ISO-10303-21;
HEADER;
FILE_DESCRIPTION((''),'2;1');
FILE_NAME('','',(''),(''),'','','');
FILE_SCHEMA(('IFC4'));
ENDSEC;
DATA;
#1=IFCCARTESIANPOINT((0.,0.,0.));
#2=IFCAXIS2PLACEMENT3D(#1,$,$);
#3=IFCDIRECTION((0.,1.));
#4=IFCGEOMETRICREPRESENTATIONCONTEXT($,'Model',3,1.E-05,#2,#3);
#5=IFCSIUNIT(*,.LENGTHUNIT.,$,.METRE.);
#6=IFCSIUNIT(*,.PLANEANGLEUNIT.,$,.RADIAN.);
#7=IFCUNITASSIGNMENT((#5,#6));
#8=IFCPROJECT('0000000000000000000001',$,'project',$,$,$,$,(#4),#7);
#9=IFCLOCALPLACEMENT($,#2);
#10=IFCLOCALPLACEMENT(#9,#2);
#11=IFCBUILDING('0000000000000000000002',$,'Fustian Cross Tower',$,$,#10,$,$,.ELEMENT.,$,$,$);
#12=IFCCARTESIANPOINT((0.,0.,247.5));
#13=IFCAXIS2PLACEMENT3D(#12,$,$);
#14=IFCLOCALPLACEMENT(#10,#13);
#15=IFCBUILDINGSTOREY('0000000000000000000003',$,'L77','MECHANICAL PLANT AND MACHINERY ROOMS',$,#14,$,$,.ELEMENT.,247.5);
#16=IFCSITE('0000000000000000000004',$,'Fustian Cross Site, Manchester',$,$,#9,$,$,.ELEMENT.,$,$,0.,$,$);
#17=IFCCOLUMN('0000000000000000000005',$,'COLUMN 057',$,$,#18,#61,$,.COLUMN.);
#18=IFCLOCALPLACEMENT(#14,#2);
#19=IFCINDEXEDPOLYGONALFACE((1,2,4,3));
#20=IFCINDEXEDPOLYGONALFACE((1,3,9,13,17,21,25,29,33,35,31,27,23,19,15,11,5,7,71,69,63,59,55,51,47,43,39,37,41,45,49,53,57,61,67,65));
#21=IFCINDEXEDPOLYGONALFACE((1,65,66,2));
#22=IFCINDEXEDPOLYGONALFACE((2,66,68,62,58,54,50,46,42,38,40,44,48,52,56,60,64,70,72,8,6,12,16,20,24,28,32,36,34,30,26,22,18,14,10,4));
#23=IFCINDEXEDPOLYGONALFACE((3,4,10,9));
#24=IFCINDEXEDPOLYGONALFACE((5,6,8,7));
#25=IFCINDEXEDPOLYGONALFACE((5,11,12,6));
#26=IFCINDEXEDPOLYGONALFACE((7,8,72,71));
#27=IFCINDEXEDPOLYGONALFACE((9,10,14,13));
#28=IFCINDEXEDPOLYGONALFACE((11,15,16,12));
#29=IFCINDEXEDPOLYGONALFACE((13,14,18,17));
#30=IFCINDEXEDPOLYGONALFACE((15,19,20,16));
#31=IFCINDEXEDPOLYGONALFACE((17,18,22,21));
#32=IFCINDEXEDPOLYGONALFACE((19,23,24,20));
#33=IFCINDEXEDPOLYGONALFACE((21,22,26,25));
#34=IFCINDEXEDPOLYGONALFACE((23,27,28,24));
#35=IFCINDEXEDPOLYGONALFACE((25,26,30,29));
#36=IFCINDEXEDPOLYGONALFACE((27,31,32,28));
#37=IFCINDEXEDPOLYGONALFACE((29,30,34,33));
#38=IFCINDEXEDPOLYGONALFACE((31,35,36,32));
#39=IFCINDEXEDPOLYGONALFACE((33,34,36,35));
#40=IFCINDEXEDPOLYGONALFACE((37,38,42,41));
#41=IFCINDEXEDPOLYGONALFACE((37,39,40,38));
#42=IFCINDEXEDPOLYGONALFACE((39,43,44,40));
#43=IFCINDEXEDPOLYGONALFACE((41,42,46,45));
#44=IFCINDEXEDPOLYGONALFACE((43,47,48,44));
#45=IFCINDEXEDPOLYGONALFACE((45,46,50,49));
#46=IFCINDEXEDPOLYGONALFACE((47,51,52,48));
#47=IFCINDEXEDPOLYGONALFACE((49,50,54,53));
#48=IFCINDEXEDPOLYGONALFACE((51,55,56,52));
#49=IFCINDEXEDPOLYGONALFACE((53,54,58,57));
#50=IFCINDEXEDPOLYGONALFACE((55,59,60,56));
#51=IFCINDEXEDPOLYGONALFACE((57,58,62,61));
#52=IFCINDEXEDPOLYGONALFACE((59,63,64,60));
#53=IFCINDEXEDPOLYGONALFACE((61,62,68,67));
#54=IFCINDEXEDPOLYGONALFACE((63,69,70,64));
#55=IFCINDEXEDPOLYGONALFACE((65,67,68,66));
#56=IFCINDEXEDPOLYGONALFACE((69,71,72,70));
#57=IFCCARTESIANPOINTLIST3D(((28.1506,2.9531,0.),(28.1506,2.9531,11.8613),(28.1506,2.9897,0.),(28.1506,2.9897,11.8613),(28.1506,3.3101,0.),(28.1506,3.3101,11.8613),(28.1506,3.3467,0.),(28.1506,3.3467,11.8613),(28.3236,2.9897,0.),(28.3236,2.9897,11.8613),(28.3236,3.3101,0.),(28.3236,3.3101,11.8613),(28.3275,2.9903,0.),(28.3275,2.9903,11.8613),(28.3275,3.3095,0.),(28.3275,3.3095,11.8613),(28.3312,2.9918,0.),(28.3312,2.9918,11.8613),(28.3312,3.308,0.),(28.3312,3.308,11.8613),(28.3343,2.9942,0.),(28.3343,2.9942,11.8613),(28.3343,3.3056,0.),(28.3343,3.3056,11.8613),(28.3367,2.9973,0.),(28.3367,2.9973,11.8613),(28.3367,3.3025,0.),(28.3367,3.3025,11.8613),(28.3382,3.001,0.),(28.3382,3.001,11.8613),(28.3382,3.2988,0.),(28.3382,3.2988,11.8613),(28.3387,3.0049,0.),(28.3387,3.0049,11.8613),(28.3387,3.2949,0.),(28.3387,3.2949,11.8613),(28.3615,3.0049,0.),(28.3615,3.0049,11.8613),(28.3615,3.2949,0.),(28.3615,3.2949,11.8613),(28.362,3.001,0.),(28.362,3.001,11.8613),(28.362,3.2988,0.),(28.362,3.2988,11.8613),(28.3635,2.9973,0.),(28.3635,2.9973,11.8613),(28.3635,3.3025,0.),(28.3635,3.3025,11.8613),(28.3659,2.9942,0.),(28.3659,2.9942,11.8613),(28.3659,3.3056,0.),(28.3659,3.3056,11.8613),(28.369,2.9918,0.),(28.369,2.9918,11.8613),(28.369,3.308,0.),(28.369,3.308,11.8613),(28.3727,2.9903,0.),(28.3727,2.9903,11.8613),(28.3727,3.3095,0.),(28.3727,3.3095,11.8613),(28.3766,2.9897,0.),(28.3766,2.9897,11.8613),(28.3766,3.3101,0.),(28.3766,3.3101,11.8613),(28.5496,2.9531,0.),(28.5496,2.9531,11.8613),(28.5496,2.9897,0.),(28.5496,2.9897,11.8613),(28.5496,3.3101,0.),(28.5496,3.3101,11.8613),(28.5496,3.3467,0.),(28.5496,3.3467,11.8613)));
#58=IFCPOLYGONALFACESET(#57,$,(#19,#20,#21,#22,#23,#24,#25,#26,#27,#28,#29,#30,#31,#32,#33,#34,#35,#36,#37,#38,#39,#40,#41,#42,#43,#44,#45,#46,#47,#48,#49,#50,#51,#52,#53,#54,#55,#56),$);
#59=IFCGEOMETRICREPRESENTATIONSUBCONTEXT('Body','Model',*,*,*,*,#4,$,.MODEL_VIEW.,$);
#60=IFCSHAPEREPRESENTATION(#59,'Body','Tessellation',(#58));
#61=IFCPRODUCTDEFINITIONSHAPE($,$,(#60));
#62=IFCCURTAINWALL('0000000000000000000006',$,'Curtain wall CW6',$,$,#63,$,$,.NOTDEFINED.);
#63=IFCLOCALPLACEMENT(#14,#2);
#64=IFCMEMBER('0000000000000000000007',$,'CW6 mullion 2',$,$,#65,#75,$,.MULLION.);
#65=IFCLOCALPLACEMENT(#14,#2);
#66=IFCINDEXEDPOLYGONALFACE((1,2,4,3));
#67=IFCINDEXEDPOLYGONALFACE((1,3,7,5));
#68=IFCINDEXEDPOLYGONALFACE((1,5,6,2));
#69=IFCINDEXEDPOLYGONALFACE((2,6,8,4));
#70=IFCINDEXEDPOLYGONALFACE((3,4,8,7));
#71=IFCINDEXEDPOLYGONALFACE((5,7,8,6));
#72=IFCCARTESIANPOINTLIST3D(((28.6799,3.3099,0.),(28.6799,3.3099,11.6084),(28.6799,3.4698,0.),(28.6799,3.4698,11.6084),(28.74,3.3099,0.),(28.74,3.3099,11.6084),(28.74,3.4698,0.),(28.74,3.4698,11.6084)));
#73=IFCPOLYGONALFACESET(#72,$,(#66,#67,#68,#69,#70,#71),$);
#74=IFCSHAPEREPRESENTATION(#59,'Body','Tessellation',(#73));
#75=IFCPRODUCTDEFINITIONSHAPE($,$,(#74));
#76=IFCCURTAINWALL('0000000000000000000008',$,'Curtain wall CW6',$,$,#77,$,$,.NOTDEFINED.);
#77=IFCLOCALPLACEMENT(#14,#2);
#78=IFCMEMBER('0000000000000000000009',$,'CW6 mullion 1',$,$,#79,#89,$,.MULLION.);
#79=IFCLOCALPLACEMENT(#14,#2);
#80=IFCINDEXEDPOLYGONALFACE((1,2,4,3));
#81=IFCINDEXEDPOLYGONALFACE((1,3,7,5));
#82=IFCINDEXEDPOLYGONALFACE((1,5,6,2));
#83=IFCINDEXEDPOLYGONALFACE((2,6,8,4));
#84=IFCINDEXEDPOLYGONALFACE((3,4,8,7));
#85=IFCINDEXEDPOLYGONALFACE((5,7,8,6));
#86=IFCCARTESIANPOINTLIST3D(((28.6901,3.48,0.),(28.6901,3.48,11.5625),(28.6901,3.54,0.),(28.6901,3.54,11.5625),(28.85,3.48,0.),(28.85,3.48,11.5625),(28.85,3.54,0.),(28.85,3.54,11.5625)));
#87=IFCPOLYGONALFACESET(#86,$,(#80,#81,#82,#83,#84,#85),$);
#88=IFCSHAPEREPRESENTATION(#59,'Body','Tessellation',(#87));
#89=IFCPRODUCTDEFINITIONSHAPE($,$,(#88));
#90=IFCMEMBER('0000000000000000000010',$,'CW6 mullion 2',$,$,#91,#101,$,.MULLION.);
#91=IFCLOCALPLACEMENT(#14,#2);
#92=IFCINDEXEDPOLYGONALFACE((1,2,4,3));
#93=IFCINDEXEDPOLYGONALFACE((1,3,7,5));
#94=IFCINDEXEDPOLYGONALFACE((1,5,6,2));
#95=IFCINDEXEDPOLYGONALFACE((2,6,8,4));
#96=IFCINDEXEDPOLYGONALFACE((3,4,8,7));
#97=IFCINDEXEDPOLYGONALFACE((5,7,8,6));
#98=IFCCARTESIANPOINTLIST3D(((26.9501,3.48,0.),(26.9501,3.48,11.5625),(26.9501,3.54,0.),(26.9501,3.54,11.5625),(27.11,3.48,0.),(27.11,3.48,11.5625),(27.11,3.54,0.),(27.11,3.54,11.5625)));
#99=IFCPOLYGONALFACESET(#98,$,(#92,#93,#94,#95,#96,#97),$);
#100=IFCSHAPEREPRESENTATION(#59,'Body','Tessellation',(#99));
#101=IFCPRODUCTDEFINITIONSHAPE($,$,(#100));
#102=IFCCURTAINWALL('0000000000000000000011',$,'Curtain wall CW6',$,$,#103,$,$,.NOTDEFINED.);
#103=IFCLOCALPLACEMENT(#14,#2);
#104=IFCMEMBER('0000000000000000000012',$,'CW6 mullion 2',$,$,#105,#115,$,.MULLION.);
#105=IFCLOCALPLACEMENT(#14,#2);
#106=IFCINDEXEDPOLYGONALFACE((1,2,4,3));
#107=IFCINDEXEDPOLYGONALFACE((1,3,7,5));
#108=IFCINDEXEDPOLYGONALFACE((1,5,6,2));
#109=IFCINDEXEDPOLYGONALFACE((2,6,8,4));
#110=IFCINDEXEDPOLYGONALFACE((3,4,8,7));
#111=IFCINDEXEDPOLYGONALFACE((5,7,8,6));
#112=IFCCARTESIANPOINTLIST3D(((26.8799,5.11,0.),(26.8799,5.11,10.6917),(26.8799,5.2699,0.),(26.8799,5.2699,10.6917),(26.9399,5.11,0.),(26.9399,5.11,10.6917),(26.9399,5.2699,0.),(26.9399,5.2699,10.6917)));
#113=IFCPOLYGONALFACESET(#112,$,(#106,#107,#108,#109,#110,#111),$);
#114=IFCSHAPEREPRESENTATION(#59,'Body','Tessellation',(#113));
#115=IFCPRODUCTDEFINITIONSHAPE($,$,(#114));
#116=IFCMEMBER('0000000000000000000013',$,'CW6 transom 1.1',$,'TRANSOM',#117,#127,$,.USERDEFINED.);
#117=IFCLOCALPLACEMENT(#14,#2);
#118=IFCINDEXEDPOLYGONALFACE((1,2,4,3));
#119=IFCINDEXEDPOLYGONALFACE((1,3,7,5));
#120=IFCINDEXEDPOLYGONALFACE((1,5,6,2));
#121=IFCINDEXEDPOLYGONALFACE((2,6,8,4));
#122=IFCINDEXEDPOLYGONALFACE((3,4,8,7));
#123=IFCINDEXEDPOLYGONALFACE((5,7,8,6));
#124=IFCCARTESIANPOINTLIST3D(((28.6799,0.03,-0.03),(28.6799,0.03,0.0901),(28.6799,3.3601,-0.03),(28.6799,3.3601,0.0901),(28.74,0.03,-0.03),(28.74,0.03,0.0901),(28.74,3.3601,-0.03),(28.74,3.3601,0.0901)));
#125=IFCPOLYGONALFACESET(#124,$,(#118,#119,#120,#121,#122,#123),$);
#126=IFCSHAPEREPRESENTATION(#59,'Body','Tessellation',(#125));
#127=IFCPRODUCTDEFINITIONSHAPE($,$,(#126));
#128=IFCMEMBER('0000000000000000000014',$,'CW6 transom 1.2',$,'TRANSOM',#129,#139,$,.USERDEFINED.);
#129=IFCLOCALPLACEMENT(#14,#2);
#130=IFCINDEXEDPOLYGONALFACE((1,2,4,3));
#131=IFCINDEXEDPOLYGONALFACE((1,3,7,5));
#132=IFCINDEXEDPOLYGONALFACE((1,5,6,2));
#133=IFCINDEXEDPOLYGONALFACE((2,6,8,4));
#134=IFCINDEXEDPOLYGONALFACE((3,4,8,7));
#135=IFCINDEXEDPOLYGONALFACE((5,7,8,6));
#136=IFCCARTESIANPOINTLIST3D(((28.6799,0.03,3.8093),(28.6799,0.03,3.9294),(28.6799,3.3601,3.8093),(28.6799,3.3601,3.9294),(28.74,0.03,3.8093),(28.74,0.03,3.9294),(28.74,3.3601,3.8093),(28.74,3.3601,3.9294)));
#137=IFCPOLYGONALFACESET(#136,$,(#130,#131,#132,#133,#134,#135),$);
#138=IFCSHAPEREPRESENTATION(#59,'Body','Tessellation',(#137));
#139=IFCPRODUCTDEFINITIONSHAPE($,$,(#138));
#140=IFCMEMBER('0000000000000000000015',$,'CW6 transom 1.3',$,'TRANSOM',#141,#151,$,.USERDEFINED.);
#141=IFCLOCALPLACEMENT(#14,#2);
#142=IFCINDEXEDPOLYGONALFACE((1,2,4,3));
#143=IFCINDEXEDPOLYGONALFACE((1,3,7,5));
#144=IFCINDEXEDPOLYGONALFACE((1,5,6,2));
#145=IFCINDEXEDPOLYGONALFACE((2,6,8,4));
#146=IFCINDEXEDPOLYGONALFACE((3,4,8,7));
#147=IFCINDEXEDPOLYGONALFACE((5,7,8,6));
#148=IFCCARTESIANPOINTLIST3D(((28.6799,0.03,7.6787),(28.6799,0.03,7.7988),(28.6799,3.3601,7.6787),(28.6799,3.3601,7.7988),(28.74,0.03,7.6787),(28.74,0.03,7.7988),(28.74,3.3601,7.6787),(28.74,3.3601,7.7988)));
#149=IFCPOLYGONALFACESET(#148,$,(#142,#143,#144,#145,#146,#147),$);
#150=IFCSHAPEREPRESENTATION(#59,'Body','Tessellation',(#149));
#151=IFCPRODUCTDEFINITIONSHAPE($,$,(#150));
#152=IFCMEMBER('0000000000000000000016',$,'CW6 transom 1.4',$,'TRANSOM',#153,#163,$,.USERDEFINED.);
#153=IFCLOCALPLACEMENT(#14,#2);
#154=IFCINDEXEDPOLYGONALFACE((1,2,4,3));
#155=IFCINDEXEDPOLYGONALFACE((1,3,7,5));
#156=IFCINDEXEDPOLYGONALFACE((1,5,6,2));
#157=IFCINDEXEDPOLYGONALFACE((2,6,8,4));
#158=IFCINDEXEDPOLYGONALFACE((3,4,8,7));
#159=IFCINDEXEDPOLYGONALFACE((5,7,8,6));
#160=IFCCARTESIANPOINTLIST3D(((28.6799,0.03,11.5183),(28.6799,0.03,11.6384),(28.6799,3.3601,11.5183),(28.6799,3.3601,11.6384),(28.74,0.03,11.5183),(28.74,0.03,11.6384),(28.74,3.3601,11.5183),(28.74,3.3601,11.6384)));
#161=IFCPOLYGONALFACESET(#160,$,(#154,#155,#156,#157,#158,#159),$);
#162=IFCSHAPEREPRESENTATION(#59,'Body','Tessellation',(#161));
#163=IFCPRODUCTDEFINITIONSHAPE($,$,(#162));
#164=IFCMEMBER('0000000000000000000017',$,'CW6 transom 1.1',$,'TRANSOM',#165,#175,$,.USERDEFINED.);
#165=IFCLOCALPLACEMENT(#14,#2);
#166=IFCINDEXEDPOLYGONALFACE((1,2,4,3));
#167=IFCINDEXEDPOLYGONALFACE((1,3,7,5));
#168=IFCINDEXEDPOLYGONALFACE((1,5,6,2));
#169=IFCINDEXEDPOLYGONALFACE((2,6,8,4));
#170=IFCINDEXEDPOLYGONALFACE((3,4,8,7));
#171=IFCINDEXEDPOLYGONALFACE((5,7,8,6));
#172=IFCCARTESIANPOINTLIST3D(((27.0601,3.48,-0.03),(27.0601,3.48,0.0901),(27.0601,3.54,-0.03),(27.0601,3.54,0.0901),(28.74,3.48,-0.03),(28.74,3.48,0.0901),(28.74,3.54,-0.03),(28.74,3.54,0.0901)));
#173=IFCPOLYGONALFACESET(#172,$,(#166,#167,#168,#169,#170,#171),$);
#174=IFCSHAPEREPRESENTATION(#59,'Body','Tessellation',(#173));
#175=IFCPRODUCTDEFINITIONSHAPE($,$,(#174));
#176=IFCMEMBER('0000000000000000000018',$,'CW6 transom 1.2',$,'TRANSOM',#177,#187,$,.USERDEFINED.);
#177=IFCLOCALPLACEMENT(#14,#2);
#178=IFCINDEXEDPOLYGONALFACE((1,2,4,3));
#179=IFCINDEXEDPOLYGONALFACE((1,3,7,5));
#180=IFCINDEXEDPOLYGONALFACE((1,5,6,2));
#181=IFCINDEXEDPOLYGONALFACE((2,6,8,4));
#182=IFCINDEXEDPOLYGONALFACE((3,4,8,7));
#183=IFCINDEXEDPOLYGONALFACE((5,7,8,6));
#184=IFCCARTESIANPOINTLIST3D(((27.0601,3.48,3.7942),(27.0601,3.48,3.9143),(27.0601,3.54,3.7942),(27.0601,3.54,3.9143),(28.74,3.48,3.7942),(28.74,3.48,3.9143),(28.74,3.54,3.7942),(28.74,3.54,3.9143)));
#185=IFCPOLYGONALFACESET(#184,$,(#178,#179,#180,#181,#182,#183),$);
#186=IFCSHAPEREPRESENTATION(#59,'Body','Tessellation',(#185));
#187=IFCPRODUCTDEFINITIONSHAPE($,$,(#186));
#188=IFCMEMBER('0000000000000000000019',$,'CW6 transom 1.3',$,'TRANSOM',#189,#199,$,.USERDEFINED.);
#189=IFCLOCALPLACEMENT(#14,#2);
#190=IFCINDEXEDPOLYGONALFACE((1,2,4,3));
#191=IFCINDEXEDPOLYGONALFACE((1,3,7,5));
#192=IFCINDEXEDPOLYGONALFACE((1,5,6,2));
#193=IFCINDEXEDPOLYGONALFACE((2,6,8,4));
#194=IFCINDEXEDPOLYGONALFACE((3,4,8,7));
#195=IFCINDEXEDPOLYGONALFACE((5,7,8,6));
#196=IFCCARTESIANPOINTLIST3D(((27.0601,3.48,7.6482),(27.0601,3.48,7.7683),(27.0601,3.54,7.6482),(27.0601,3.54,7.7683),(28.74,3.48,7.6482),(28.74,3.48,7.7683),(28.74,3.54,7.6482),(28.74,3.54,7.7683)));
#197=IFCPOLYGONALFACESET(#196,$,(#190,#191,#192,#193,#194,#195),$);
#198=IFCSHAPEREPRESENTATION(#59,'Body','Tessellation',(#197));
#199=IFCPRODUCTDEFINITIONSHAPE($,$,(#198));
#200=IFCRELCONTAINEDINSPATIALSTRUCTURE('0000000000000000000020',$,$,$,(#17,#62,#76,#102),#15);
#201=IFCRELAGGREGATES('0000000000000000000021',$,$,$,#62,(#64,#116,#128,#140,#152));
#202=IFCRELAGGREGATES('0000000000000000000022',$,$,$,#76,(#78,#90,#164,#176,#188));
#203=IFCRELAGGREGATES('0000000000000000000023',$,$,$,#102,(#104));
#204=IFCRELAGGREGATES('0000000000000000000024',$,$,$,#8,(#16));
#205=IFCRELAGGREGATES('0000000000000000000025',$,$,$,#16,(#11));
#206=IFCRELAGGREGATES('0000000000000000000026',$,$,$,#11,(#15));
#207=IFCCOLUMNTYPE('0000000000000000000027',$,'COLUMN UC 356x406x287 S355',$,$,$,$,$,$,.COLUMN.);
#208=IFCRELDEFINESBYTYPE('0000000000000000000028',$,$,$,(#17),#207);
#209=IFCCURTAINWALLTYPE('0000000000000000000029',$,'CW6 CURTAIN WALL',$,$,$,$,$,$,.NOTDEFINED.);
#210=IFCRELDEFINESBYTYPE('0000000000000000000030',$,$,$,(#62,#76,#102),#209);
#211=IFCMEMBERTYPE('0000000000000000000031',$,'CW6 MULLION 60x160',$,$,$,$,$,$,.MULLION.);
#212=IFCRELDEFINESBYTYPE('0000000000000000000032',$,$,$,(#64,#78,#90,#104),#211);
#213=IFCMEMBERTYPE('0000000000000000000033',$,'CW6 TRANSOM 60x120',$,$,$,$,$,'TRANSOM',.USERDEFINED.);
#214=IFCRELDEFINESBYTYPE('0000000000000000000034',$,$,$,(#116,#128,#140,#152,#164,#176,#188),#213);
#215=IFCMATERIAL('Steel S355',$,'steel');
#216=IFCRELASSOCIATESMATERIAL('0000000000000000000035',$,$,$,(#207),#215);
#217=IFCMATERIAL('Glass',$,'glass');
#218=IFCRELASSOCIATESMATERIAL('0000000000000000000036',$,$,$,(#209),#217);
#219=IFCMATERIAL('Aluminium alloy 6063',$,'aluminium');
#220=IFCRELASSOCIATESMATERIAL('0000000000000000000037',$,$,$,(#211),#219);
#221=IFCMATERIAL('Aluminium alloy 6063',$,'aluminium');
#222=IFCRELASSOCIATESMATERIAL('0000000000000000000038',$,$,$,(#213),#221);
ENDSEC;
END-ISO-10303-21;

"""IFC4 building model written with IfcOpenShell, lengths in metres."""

from ifc_helpers import new_model, si_unit, direction, frame, origin, origin_2d, place, context, subcontext, project, spatial, rectangle, i_section, extrude, material, material_profile, profile_set, type_object, element, aggregate, save


model = new_model("IFC4")

# Units and contexts
model_context = context("Model", 3, precision=1e-05, world=origin(), true_north=direction((0.0, 1.0)))
body_context = subcontext(model_context, "Body", "Model", "MODEL_VIEW")
ifc_project = project(units=[si_unit("LENGTHUNIT", "METRE"), si_unit("PLANEANGLEUNIT", "RADIAN")], contexts=[model_context])

# Site, building, storey
site_placement = place(None, origin())
site = spatial("IfcSite", under=ifc_project, at=site_placement, Name="Fustian Cross Site, Manchester", CompositionType="ELEMENT", RefElevation=0.0)
building_placement = place(site_placement, origin())
building = spatial("IfcBuilding", under=site, at=building_placement, Name="Fustian Cross Tower", CompositionType="ELEMENT")
storey_placement = place(building_placement, frame((0.0, 0.0, 247.5)))
storey = spatial("IfcBuildingStorey", under=building, at=storey_placement, Name="L77", Description="MECHANICAL PLANT AND MACHINERY ROOMS", CompositionType="ELEMENT", Elevation=247.5)

# Column
ifc_material_1 = material(Name="Steel S355", Category="steel")
ifc_material_profile_1 = material_profile(ifc_material_1, i_section(OverallWidth=0.3989, OverallDepth=0.3936, WebThickness=0.0227, FlangeThickness=0.0366, FilletRadius=0.0151, at=origin_2d()), Name="UC 356x406x287")
ifc_profile_set_1 = profile_set([ifc_material_profile_1], Name="Steel S355")
column_type = type_object("IfcColumnType", Name="COLUMN UC 356x406x287 S355", PredefinedType="COLUMN", material=ifc_profile_set_1)
column_placement = place(storey_placement, frame((28.3501, 3.1499, 0.0), z_axis=(0.0, 0.0, 1.0), x_axis=(1.0, 0.0, 0.0)))
element("IfcColumn", 1, at=column_placement, inside=storey, type_object=column_type, Name="COLUMN 057", PredefinedType="COLUMN", context=body_context, shape_type="SweptSolid", body=[
    extrude(i_section(OverallWidth=0.3989, OverallDepth=0.3936, WebThickness=0.0227, FlangeThickness=0.0366, FilletRadius=0.0151, at=origin_2d()), origin(), (0.0, 0.0, 1.0), 11.8613),
])

# Curtain wall, member
ifc_material_2 = material(Name="Glass", Category="glass")
curtain_wall_type = type_object("IfcCurtainWallType", Name="CW6 CURTAIN WALL", PredefinedType="NOTDEFINED", material=ifc_material_2)
curtain_wall_1_placement = place(storey_placement, origin())
curtain_wall_1 = element("IfcCurtainWall", 2, at=curtain_wall_1_placement, inside=storey, type_object=curtain_wall_type, Name="Curtain wall CW6", PredefinedType="NOTDEFINED")
ifc_material_3 = material(Name="Aluminium alloy 6063", Category="aluminium")
ifc_material_profile_2 = material_profile(ifc_material_3, rectangle(XDim=0.0601, YDim=0.1599, at=origin_2d()), Name="CW6 MULLION 60x160")
ifc_profile_set_2 = profile_set([ifc_material_profile_2], Name="Aluminium alloy 6063")
member_type_1 = type_object("IfcMemberType", Name="CW6 MULLION 60x160", PredefinedType="MULLION", material=ifc_profile_set_2)
member_1_placement = place(storey_placement, frame((28.71, 3.3899, 0.0), z_axis=(0.0, 0.0, 1.0), x_axis=(-1.0, 0.0, 0.0)))
member_1 = element("IfcMember", 3, at=member_1_placement, type_object=member_type_1, Name="CW6 mullion 2", PredefinedType="MULLION", context=body_context, shape_type="SweptSolid", body=[
    extrude(rectangle(XDim=0.0601, YDim=0.1599, at=origin_2d()), origin(), (0.0, 0.0, 1.0), 11.6084),
])

# Curtain wall, members
curtain_wall_2_placement = place(storey_placement, origin())
curtain_wall_2 = element("IfcCurtainWall", 4, at=curtain_wall_2_placement, inside=storey, type_object=curtain_wall_type, Name="Curtain wall CW6", PredefinedType="NOTDEFINED")
member_2_placement = place(storey_placement, frame((28.77, 3.51, 0.0), z_axis=(0.0, 0.0, 1.0), x_axis=(0.0, -1.0, 0.0)))
member_2 = element("IfcMember", 5, at=member_2_placement, type_object=member_type_1, Name="CW6 mullion 1", PredefinedType="MULLION", context=body_context, shape_type="SweptSolid", body=[
    extrude(rectangle(XDim=0.0601, YDim=0.1599, at=origin_2d()), origin(), (0.0, 0.0, 1.0), 11.5625),
])
member_3_placement = place(storey_placement, frame((27.03, 3.51, 0.0), z_axis=(0.0, 0.0, 1.0), x_axis=(0.0, -1.0, 0.0)))
member_3 = element("IfcMember", 6, at=member_3_placement, type_object=member_type_1, Name="CW6 mullion 2", PredefinedType="MULLION", context=body_context, shape_type="SweptSolid", body=[
    extrude(rectangle(XDim=0.0601, YDim=0.1599, at=origin_2d()), origin(), (0.0, 0.0, 1.0), 11.5625),
])

# Curtain wall, member
curtain_wall_3_placement = place(storey_placement, origin())
curtain_wall_3 = element("IfcCurtainWall", 7, at=curtain_wall_3_placement, inside=storey, type_object=curtain_wall_type, Name="Curtain wall CW6", PredefinedType="NOTDEFINED")
member_4_placement = place(storey_placement, frame((26.9099, 5.1899, 0.0), z_axis=(0.0, 0.0, 1.0), x_axis=(-1.0, 0.0, 0.0)))
member_4 = element("IfcMember", 8, at=member_4_placement, type_object=member_type_1, Name="CW6 mullion 2", PredefinedType="MULLION", context=body_context, shape_type="SweptSolid", body=[
    extrude(rectangle(XDim=0.0601, YDim=0.1599, at=origin_2d()), origin(), (0.0, 0.0, 1.0), 10.6917),
])

# Members
ifc_material_4 = material(Name="Aluminium alloy 6063", Category="aluminium")
ifc_material_profile_3 = material_profile(ifc_material_4, rectangle(XDim=0.0601, YDim=0.1201, at=origin_2d()), Name="CW6 TRANSOM 60x120")
ifc_profile_set_3 = profile_set([ifc_material_profile_3], Name="Aluminium alloy 6063")
member_type_2 = type_object("IfcMemberType", Name="CW6 TRANSOM 60x120", ElementType="TRANSOM", PredefinedType="USERDEFINED", material=ifc_profile_set_3)
member_5_placement = place(storey_placement, frame((28.71, 0.03, 0.03), z_axis=(0.0, 1.0, 0.0), x_axis=(-1.0, 0.0, 0.0)))
member_5 = element("IfcMember", 9, at=member_5_placement, type_object=member_type_2, Name="CW6 transom 1.1", ObjectType="TRANSOM", PredefinedType="USERDEFINED", context=body_context, shape_type="SweptSolid", body=[
    extrude(rectangle(XDim=0.0601, YDim=0.1201, at=origin_2d()), origin(), (0.0, 0.0, 1.0), 3.3301),
])
member_6_placement = place(storey_placement, frame((28.71, 0.03, 3.8694), z_axis=(0.0, 1.0, 0.0), x_axis=(-1.0, 0.0, 0.0)))
member_6 = element("IfcMember", 10, at=member_6_placement, type_object=member_type_2, Name="CW6 transom 1.2", ObjectType="TRANSOM", PredefinedType="USERDEFINED", context=body_context, shape_type="SweptSolid", body=[
    extrude(rectangle(XDim=0.0601, YDim=0.1201, at=origin_2d()), origin(), (0.0, 0.0, 1.0), 3.3301),
])
member_7_placement = place(storey_placement, frame((28.71, 0.03, 7.7388), z_axis=(0.0, 1.0, 0.0), x_axis=(-1.0, 0.0, 0.0)))
member_7 = element("IfcMember", 11, at=member_7_placement, type_object=member_type_2, Name="CW6 transom 1.3", ObjectType="TRANSOM", PredefinedType="USERDEFINED", context=body_context, shape_type="SweptSolid", body=[
    extrude(rectangle(XDim=0.0601, YDim=0.1201, at=origin_2d()), origin(), (0.0, 0.0, 1.0), 3.3301),
])
member_8_placement = place(storey_placement, frame((28.71, 0.03, 11.5784), z_axis=(0.0, 1.0, 0.0), x_axis=(-1.0, 0.0, 0.0)))
member_8 = element("IfcMember", 12, at=member_8_placement, type_object=member_type_2, Name="CW6 transom 1.4", ObjectType="TRANSOM", PredefinedType="USERDEFINED", context=body_context, shape_type="SweptSolid", body=[
    extrude(rectangle(XDim=0.0601, YDim=0.1201, at=origin_2d()), origin(), (0.0, 0.0, 1.0), 3.3301),
])
member_9_placement = place(storey_placement, frame((28.74, 3.51, 0.03), z_axis=(-1.0, 0.0, 0.0), x_axis=(0.0, -1.0, 0.0)))
member_9 = element("IfcMember", 13, at=member_9_placement, type_object=member_type_2, Name="CW6 transom 1.1", ObjectType="TRANSOM", PredefinedType="USERDEFINED", context=body_context, shape_type="SweptSolid", body=[
    extrude(rectangle(XDim=0.0601, YDim=0.1201, at=origin_2d()), origin(), (0.0, 0.0, 1.0), 1.6799),
])
member_10_placement = place(storey_placement, frame((28.74, 3.51, 3.8542), z_axis=(-1.0, 0.0, 0.0), x_axis=(0.0, -1.0, 0.0)))
member_10 = element("IfcMember", 14, at=member_10_placement, type_object=member_type_2, Name="CW6 transom 1.2", ObjectType="TRANSOM", PredefinedType="USERDEFINED", context=body_context, shape_type="SweptSolid", body=[
    extrude(rectangle(XDim=0.0601, YDim=0.1201, at=origin_2d()), origin(), (0.0, 0.0, 1.0), 1.6799),
])
member_11_placement = place(storey_placement, frame((28.74, 3.51, 7.7083), z_axis=(-1.0, 0.0, 0.0), x_axis=(0.0, -1.0, 0.0)))
member_11 = element("IfcMember", 15, at=member_11_placement, type_object=member_type_2, Name="CW6 transom 1.3", ObjectType="TRANSOM", PredefinedType="USERDEFINED", context=body_context, shape_type="SweptSolid", body=[
    extrude(rectangle(XDim=0.0601, YDim=0.1201, at=origin_2d()), origin(), (0.0, 0.0, 1.0), 1.6799),
])

aggregate(curtain_wall_1, [member_1, member_5, member_6, member_7, member_8])
aggregate(curtain_wall_2, [member_2, member_3, member_9, member_10, member_11])
aggregate(curtain_wall_3, [member_4])

save(model, "model.ifc")
